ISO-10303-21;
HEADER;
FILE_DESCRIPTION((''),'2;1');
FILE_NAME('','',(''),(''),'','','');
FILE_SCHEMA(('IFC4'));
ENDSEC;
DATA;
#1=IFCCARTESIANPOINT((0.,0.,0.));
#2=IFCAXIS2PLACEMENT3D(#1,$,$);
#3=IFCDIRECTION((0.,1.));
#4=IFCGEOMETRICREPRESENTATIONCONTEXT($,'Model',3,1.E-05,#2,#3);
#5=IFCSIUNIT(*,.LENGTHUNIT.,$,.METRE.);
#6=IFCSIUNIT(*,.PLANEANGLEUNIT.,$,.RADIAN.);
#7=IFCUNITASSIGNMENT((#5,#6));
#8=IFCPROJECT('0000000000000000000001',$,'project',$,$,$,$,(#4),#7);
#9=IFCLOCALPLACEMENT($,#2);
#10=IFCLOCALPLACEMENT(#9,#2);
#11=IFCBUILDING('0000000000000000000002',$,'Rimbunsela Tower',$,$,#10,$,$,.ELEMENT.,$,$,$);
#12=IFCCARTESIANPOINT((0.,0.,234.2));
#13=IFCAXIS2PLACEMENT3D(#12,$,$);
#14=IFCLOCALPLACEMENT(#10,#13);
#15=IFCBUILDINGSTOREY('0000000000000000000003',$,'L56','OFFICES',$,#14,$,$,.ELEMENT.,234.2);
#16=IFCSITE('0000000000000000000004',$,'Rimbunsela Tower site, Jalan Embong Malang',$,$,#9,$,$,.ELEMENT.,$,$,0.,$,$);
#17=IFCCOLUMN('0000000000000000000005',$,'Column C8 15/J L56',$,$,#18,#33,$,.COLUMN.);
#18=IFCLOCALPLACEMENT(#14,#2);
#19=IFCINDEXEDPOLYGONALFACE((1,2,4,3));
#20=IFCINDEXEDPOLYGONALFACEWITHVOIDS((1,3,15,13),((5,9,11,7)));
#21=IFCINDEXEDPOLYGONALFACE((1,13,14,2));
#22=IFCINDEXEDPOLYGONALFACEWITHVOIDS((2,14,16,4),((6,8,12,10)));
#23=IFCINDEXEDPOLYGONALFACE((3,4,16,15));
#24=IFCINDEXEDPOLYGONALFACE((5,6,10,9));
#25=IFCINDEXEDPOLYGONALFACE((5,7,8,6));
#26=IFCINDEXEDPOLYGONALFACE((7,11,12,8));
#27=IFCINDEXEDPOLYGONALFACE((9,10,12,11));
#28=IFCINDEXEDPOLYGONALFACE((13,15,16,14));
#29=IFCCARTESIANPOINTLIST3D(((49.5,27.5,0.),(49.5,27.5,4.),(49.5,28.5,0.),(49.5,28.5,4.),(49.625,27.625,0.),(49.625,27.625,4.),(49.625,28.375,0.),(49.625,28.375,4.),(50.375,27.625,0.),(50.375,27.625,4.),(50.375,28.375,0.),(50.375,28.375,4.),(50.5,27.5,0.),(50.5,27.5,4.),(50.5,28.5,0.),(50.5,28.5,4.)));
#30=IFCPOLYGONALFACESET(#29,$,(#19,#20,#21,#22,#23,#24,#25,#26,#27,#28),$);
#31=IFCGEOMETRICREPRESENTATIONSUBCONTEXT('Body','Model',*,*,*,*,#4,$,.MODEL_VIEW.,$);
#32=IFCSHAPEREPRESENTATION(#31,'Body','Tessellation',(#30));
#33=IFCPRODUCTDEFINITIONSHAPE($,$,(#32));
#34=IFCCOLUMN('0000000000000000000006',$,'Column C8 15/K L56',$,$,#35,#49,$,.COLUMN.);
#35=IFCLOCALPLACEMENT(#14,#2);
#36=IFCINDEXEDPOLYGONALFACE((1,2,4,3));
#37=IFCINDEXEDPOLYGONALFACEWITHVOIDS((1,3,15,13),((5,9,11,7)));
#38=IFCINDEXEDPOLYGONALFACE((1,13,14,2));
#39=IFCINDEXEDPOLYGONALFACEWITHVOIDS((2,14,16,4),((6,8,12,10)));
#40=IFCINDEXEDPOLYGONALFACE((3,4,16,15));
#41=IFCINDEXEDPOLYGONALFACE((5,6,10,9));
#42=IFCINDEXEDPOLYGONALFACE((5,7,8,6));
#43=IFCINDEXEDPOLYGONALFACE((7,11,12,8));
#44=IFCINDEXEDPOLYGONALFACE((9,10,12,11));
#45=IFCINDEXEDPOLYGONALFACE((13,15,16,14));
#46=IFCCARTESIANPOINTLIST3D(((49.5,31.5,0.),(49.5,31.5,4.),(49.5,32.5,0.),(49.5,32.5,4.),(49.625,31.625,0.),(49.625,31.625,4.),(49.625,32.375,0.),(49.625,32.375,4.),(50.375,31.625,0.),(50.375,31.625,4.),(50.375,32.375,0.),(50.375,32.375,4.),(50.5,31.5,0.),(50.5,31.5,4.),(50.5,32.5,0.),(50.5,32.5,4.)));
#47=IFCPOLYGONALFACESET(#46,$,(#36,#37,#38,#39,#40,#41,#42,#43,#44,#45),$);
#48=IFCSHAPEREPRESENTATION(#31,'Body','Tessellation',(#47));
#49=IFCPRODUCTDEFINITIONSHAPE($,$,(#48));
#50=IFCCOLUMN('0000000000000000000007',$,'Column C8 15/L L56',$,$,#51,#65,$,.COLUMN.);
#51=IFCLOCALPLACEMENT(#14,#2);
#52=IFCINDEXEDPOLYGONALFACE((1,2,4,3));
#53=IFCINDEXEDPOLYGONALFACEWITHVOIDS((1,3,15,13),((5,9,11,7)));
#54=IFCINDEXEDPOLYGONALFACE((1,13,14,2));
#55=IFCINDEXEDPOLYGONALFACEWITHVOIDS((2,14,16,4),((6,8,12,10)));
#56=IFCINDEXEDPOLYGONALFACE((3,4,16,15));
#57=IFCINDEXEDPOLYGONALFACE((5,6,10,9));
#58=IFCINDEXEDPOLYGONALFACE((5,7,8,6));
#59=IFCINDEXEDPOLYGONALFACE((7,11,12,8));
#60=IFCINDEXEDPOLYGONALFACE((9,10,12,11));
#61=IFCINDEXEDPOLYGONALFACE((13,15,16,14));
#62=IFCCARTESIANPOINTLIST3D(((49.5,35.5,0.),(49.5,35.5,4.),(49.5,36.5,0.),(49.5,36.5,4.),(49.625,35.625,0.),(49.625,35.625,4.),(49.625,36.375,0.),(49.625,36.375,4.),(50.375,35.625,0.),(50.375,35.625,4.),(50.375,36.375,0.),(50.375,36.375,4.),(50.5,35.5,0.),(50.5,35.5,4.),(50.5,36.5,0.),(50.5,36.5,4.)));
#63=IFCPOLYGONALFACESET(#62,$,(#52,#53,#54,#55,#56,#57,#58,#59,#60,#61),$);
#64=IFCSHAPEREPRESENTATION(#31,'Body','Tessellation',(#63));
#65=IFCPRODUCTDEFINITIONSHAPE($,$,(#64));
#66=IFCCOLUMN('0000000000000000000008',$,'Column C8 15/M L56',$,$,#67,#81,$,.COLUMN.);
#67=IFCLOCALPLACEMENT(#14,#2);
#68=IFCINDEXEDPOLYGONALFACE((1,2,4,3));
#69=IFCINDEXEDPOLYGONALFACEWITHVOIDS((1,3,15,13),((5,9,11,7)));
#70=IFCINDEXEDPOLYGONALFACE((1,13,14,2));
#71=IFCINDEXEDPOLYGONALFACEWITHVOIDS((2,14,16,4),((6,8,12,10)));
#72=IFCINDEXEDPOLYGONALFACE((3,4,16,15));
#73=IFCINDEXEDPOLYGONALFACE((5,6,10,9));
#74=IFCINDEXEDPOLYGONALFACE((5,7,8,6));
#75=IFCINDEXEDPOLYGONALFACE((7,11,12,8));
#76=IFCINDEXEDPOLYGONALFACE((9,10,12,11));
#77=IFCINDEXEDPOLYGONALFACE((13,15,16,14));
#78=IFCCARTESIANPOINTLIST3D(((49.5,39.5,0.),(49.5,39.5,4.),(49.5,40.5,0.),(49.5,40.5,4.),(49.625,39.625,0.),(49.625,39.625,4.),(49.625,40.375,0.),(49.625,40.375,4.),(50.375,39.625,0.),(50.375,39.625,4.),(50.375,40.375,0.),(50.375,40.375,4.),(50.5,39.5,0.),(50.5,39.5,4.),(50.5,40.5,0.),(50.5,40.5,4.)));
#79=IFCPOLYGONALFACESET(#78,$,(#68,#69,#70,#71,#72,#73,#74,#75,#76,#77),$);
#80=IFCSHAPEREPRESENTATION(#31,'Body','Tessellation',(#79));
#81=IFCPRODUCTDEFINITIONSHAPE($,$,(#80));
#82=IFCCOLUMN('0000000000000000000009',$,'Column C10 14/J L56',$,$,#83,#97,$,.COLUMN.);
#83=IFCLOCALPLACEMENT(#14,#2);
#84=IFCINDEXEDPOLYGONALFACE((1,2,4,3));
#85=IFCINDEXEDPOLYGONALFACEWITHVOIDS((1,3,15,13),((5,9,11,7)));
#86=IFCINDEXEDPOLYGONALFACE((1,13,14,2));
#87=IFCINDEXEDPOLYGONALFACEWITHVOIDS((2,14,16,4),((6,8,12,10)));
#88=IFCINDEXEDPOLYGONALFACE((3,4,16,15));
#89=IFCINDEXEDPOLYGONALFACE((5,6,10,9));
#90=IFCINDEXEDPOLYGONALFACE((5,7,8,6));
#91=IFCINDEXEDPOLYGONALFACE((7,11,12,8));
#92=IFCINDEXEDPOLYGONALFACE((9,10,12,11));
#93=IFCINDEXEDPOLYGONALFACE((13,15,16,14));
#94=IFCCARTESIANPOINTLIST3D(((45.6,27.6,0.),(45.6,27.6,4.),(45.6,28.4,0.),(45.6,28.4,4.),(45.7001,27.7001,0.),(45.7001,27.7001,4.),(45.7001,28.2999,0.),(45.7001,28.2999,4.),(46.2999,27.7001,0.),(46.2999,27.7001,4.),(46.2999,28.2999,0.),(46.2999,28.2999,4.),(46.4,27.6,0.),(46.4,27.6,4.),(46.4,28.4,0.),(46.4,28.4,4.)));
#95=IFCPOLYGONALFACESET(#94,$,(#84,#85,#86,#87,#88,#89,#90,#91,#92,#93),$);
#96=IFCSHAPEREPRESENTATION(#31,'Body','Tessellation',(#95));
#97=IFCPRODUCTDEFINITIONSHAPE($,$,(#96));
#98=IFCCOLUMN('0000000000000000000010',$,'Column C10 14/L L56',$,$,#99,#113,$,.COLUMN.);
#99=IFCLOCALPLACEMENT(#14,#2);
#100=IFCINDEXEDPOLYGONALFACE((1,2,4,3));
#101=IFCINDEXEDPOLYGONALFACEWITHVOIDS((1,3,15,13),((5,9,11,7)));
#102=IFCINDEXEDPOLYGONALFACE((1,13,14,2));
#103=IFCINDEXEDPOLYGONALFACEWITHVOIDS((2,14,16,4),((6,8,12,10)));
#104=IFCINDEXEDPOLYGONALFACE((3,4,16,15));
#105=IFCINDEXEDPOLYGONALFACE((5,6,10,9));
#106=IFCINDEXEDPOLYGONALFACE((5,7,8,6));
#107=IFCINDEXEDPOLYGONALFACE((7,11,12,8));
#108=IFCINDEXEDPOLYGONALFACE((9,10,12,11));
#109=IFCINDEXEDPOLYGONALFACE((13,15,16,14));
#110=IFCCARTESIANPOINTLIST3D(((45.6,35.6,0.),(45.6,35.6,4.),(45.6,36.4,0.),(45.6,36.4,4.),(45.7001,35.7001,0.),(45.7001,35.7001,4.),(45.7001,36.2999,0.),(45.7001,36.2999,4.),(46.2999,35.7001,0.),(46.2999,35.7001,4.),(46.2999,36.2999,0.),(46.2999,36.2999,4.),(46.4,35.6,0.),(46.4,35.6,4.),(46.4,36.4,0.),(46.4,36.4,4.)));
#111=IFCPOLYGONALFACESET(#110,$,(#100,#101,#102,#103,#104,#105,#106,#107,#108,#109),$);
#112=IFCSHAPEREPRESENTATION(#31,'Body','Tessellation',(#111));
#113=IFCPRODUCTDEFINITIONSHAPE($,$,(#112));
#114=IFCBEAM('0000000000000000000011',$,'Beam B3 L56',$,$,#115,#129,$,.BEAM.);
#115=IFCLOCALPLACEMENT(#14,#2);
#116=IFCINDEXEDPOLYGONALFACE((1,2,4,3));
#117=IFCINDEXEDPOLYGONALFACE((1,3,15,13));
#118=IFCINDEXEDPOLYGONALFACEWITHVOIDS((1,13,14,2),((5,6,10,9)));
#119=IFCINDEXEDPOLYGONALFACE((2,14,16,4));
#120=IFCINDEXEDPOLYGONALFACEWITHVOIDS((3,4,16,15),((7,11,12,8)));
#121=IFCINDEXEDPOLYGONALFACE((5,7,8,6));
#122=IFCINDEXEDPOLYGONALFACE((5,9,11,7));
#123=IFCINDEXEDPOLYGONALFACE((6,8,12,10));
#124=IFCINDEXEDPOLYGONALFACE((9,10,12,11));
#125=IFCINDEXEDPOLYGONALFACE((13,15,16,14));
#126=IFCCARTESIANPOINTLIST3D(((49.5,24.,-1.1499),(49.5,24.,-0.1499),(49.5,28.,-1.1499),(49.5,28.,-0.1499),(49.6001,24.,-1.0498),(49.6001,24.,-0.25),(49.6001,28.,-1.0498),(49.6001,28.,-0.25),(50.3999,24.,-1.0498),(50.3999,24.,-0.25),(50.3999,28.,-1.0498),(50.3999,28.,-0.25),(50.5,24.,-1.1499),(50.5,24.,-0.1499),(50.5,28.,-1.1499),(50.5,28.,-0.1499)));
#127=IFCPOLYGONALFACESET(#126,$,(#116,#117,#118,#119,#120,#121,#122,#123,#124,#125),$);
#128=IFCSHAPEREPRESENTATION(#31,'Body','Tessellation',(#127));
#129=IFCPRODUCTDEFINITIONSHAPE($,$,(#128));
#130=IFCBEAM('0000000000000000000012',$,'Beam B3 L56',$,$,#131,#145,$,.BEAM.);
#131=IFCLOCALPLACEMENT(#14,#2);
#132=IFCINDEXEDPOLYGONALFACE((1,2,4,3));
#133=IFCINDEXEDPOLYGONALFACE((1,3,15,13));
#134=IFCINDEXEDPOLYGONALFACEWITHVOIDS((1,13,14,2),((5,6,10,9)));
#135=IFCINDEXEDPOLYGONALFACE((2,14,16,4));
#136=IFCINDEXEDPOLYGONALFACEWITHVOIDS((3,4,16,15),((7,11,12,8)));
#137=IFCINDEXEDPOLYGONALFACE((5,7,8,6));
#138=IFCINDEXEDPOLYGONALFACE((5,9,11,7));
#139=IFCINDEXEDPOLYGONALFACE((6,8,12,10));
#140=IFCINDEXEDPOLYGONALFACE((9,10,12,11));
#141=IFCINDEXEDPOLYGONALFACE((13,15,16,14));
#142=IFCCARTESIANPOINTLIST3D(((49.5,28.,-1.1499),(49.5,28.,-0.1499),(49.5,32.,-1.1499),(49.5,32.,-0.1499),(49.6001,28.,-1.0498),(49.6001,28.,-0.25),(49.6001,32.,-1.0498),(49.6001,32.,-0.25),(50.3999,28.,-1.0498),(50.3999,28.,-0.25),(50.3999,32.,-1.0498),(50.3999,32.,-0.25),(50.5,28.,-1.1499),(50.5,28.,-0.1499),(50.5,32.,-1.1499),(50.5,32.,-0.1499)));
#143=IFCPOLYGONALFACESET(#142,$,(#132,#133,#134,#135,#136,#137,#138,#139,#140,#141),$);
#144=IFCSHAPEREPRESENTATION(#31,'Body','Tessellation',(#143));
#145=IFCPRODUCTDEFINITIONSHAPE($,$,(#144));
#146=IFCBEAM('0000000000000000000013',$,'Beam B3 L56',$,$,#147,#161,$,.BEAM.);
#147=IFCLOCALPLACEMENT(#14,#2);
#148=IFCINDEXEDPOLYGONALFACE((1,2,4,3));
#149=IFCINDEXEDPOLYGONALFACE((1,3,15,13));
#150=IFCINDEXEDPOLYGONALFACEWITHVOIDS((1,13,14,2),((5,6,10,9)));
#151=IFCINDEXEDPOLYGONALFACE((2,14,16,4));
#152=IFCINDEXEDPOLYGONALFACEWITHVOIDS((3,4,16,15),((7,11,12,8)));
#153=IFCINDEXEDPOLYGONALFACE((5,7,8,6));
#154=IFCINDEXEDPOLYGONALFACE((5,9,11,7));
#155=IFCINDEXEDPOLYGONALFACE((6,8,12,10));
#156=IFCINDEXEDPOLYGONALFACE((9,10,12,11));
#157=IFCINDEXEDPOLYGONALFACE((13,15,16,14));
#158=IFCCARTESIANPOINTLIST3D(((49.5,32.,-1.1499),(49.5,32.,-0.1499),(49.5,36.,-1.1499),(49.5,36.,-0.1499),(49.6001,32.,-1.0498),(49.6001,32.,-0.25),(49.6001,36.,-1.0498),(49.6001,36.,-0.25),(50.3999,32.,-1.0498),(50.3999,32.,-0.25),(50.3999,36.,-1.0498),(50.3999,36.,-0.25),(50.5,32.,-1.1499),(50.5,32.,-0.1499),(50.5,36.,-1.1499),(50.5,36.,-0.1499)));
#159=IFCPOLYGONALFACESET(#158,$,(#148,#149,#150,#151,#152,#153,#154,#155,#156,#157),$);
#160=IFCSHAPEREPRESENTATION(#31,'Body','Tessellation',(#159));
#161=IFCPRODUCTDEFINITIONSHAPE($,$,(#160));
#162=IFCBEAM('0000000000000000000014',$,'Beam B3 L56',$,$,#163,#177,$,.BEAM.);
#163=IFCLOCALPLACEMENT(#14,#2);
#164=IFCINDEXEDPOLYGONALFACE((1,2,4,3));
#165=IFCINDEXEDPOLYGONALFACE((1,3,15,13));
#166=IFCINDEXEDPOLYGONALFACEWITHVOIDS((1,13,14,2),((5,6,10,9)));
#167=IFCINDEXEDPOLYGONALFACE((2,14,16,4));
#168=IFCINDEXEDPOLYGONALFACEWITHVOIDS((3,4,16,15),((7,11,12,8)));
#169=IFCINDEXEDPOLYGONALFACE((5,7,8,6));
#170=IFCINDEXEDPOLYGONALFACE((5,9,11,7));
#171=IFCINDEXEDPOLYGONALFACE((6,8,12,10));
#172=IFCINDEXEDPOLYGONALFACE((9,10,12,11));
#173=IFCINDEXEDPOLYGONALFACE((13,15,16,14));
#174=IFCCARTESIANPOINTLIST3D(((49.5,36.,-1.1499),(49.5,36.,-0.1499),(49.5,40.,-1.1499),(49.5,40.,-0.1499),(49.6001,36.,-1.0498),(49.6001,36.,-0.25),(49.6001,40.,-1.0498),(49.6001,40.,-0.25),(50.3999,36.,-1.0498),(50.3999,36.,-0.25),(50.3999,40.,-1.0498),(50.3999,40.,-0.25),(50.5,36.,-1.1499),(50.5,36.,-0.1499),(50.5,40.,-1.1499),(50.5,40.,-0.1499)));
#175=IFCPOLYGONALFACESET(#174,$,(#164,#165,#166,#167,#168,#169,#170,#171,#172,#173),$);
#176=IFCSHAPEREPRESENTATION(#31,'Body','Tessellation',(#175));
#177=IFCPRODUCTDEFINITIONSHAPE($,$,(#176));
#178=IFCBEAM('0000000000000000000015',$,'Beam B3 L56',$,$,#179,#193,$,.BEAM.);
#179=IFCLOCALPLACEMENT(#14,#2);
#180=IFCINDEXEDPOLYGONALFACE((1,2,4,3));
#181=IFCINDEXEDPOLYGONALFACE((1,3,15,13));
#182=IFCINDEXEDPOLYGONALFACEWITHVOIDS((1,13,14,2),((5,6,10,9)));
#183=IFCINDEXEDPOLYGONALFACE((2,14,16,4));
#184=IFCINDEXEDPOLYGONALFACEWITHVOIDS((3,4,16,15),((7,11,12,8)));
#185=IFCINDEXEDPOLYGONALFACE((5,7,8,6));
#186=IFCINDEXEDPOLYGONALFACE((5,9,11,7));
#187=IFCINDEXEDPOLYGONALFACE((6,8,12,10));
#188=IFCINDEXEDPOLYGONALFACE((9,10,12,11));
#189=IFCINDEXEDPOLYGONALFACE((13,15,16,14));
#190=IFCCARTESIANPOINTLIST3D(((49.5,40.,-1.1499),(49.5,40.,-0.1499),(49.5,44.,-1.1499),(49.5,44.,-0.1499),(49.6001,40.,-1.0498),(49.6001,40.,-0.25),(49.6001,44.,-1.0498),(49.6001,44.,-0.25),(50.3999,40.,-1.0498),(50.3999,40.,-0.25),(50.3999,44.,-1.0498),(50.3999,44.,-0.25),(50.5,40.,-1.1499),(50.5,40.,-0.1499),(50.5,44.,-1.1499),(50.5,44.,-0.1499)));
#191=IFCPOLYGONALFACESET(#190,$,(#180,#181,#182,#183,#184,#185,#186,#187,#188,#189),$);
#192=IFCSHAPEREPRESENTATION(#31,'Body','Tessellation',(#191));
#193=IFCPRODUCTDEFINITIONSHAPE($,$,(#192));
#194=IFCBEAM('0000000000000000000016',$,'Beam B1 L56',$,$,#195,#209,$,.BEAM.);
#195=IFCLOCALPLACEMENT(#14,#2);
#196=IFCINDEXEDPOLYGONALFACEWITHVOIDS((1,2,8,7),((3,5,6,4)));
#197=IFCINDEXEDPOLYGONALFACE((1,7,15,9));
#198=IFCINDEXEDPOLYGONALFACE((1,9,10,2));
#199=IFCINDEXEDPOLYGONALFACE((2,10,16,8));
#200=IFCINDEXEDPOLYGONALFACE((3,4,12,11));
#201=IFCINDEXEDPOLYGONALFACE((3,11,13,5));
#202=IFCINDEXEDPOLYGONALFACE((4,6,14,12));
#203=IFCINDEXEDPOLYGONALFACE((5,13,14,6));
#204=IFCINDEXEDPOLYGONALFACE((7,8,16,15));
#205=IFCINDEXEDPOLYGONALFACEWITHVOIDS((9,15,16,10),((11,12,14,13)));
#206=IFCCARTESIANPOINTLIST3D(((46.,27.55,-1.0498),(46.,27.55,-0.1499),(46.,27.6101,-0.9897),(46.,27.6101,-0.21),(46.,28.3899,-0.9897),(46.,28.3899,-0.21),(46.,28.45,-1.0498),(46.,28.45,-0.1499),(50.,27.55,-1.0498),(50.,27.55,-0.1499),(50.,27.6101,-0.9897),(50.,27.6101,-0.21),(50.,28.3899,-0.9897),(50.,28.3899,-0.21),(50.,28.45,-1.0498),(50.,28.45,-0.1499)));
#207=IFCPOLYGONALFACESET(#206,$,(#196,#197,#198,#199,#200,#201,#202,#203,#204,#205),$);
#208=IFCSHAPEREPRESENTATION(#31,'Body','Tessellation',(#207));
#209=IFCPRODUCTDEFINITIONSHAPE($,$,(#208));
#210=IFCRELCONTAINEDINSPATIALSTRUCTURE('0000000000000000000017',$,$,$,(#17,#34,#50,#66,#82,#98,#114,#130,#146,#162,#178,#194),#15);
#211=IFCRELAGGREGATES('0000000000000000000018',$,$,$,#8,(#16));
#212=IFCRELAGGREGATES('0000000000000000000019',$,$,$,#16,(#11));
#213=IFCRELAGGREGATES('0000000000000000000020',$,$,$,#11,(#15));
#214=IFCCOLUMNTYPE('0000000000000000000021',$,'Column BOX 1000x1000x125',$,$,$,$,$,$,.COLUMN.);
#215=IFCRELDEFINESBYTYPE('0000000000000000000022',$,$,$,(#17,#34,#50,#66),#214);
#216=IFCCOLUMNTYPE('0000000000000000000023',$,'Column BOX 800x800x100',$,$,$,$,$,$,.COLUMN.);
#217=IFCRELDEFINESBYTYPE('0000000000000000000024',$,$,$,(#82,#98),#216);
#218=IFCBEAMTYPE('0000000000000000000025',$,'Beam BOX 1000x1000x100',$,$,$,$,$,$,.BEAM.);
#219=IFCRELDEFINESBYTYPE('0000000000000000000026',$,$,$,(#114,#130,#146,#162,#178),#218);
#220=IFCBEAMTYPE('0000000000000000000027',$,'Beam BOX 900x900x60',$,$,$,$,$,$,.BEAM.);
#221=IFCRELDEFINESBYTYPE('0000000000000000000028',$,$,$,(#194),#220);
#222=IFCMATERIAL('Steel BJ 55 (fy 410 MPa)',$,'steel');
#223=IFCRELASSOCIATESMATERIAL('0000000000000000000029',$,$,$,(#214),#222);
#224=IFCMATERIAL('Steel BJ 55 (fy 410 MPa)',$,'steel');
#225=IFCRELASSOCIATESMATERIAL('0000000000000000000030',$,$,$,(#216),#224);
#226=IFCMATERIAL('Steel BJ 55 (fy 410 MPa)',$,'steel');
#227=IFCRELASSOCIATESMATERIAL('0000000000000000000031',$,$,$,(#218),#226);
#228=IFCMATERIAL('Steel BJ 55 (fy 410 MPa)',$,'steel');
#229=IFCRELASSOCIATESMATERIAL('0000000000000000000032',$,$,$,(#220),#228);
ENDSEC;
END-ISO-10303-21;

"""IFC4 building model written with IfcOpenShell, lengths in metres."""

from ifc_helpers import new_model, si_unit, direction, frame, origin, origin_2d, place, context, subcontext, project, spatial, hollow_rectangle, extrude, material, material_profile, profile_set, type_object, element, save


model = new_model("IFC4")

# Units and contexts
model_context = context("Model", 3, precision=1e-05, world=origin(), true_north=direction((0.0, 1.0)))
body_context = subcontext(model_context, "Body", "Model", "MODEL_VIEW")
ifc_project = project(units=[si_unit("LENGTHUNIT", "METRE"), si_unit("PLANEANGLEUNIT", "RADIAN")], contexts=[model_context])

# Site, building, storey
site_placement = place(None, origin())
site = spatial("IfcSite", under=ifc_project, at=site_placement, Name="Rimbunsela Tower site, Jalan Embong Malang", CompositionType="ELEMENT", RefElevation=0.0)
building_placement = place(site_placement, origin())
building = spatial("IfcBuilding", under=site, at=building_placement, Name="Rimbunsela Tower", CompositionType="ELEMENT")
storey_placement = place(building_placement, frame((0.0, 0.0, 234.2)))
storey = spatial("IfcBuildingStorey", under=building, at=storey_placement, Name="L56", Description="OFFICES", CompositionType="ELEMENT", Elevation=234.2)

# Columns
ifc_material_1 = material(Name="Steel BJ 55 (fy 410 MPa)", Category="steel")
ifc_material_profile_1 = material_profile(ifc_material_1, hollow_rectangle(XDim=1.0, YDim=1.0, WallThickness=0.125, at=origin_2d()), Name="BOX 1000x1000x125")
ifc_profile_set_1 = profile_set([ifc_material_profile_1], Name="Steel BJ 55 (fy 410 MPa)")
column_type_1 = type_object("IfcColumnType", Name="Column BOX 1000x1000x125", PredefinedType="COLUMN", material=ifc_profile_set_1)
for number, where, z_axis, x_axis, name in (
    (1, (50.0, 28.0, 0.0), (0.0, 0.0, 1.0), (1.0, 0.0, 0.0), "Column C8 15/J L56"),
    (2, (50.0, 32.0, 0.0), (0.0, 0.0, 1.0), (1.0, 0.0, 0.0), "Column C8 15/K L56"),
    (3, (50.0, 36.0, 0.0), (0.0, 0.0, 1.0), (1.0, 0.0, 0.0), "Column C8 15/L L56"),
    (4, (50.0, 40.0, 0.0), (0.0, 0.0, 1.0), (1.0, 0.0, 0.0), "Column C8 15/M L56"),
):
    element("IfcColumn", number, at=place(storey_placement, frame(where, z_axis=z_axis, x_axis=x_axis)), inside=storey, type_object=column_type_1, Name=name, PredefinedType="COLUMN", context=body_context, shape_type="SweptSolid", body=[
        extrude(hollow_rectangle(XDim=1.0, YDim=1.0, WallThickness=0.125, at=origin_2d()), origin(), (0.0, 0.0, 1.0), 4.0),
    ])
ifc_material_2 = material(Name="Steel BJ 55 (fy 410 MPa)", Category="steel")
ifc_material_profile_2 = material_profile(ifc_material_2, hollow_rectangle(XDim=0.8, YDim=0.8, WallThickness=0.1001, at=origin_2d()), Name="BOX 800x800x100")
ifc_profile_set_2 = profile_set([ifc_material_profile_2], Name="Steel BJ 55 (fy 410 MPa)")
column_type_2 = type_object("IfcColumnType", Name="Column BOX 800x800x100", PredefinedType="COLUMN", material=ifc_profile_set_2)
for number, where, z_axis, x_axis, name in (
    (5, (46.0, 28.0, 0.0), (0.0, 0.0, 1.0), (1.0, 0.0, 0.0), "Column C10 14/J L56"),
    (6, (46.0, 36.0, 0.0), (0.0, 0.0, 1.0), (1.0, 0.0, 0.0), "Column C10 14/L L56"),
):
    element("IfcColumn", number, at=place(storey_placement, frame(where, z_axis=z_axis, x_axis=x_axis)), inside=storey, type_object=column_type_2, Name=name, PredefinedType="COLUMN", context=body_context, shape_type="SweptSolid", body=[
        extrude(hollow_rectangle(XDim=0.8, YDim=0.8, WallThickness=0.1001, at=origin_2d()), origin(), (0.0, 0.0, 1.0), 4.0),
    ])

# Beams
ifc_material_3 = material(Name="Steel BJ 55 (fy 410 MPa)", Category="steel")
ifc_material_profile_3 = material_profile(ifc_material_3, hollow_rectangle(XDim=1.0, YDim=1.0, WallThickness=0.1001, at=origin_2d()), Name="BOX 1000x1000x100")
ifc_profile_set_3 = profile_set([ifc_material_profile_3], Name="Steel BJ 55 (fy 410 MPa)")
beam_type_1 = type_object("IfcBeamType", Name="Beam BOX 1000x1000x100", PredefinedType="BEAM", material=ifc_profile_set_3)
for number, where, z_axis, x_axis, name in (
    (7, (50.0, 24.0, -0.6499), (0.0, 1.0, 0.0), (-1.0, 0.0, 0.0), "Beam B3 L56"),
    (8, (50.0, 28.0, -0.6499), (0.0, 1.0, 0.0), (-1.0, 0.0, 0.0), "Beam B3 L56"),
    (9, (50.0, 32.0, -0.6499), (0.0, 1.0, 0.0), (-1.0, 0.0, 0.0), "Beam B3 L56"),
    (10, (50.0, 36.0, -0.6499), (0.0, 1.0, 0.0), (-1.0, 0.0, 0.0), "Beam B3 L56"),
    (11, (50.0, 40.0, -0.6499), (0.0, 1.0, 0.0), (-1.0, 0.0, 0.0), "Beam B3 L56"),
):
    element("IfcBeam", number, at=place(storey_placement, frame(where, z_axis=z_axis, x_axis=x_axis)), inside=storey, type_object=beam_type_1, Name=name, PredefinedType="BEAM", context=body_context, shape_type="SweptSolid", body=[
        extrude(hollow_rectangle(XDim=1.0, YDim=1.0, WallThickness=0.1001, at=origin_2d()), origin(), (0.0, 0.0, 1.0), 4.0),
    ])
ifc_material_4 = material(Name="Steel BJ 55 (fy 410 MPa)", Category="steel")
ifc_material_profile_4 = material_profile(ifc_material_4, hollow_rectangle(XDim=0.8999, YDim=0.8999, WallThickness=0.0601, at=origin_2d()), Name="BOX 900x900x60")
ifc_profile_set_4 = profile_set([ifc_material_profile_4], Name="Steel BJ 55 (fy 410 MPa)")
beam_type_2 = type_object("IfcBeamType", Name="Beam BOX 900x900x60", PredefinedType="BEAM", material=ifc_profile_set_4)
beam_1_placement = place(storey_placement, frame((46.0, 28.0, -0.5999), z_axis=(1.0, 0.0, 0.0), x_axis=(0.0, 1.0, 0.0)))
element("IfcBeam", 12, at=beam_1_placement, inside=storey, type_object=beam_type_2, Name="Beam B1 L56", PredefinedType="BEAM", context=body_context, shape_type="SweptSolid", body=[
    extrude(hollow_rectangle(XDim=0.8999, YDim=0.8999, WallThickness=0.0601, at=origin_2d()), origin(), (0.0, 0.0, 1.0), 4.0),
])

save(model, "model.ifc")
